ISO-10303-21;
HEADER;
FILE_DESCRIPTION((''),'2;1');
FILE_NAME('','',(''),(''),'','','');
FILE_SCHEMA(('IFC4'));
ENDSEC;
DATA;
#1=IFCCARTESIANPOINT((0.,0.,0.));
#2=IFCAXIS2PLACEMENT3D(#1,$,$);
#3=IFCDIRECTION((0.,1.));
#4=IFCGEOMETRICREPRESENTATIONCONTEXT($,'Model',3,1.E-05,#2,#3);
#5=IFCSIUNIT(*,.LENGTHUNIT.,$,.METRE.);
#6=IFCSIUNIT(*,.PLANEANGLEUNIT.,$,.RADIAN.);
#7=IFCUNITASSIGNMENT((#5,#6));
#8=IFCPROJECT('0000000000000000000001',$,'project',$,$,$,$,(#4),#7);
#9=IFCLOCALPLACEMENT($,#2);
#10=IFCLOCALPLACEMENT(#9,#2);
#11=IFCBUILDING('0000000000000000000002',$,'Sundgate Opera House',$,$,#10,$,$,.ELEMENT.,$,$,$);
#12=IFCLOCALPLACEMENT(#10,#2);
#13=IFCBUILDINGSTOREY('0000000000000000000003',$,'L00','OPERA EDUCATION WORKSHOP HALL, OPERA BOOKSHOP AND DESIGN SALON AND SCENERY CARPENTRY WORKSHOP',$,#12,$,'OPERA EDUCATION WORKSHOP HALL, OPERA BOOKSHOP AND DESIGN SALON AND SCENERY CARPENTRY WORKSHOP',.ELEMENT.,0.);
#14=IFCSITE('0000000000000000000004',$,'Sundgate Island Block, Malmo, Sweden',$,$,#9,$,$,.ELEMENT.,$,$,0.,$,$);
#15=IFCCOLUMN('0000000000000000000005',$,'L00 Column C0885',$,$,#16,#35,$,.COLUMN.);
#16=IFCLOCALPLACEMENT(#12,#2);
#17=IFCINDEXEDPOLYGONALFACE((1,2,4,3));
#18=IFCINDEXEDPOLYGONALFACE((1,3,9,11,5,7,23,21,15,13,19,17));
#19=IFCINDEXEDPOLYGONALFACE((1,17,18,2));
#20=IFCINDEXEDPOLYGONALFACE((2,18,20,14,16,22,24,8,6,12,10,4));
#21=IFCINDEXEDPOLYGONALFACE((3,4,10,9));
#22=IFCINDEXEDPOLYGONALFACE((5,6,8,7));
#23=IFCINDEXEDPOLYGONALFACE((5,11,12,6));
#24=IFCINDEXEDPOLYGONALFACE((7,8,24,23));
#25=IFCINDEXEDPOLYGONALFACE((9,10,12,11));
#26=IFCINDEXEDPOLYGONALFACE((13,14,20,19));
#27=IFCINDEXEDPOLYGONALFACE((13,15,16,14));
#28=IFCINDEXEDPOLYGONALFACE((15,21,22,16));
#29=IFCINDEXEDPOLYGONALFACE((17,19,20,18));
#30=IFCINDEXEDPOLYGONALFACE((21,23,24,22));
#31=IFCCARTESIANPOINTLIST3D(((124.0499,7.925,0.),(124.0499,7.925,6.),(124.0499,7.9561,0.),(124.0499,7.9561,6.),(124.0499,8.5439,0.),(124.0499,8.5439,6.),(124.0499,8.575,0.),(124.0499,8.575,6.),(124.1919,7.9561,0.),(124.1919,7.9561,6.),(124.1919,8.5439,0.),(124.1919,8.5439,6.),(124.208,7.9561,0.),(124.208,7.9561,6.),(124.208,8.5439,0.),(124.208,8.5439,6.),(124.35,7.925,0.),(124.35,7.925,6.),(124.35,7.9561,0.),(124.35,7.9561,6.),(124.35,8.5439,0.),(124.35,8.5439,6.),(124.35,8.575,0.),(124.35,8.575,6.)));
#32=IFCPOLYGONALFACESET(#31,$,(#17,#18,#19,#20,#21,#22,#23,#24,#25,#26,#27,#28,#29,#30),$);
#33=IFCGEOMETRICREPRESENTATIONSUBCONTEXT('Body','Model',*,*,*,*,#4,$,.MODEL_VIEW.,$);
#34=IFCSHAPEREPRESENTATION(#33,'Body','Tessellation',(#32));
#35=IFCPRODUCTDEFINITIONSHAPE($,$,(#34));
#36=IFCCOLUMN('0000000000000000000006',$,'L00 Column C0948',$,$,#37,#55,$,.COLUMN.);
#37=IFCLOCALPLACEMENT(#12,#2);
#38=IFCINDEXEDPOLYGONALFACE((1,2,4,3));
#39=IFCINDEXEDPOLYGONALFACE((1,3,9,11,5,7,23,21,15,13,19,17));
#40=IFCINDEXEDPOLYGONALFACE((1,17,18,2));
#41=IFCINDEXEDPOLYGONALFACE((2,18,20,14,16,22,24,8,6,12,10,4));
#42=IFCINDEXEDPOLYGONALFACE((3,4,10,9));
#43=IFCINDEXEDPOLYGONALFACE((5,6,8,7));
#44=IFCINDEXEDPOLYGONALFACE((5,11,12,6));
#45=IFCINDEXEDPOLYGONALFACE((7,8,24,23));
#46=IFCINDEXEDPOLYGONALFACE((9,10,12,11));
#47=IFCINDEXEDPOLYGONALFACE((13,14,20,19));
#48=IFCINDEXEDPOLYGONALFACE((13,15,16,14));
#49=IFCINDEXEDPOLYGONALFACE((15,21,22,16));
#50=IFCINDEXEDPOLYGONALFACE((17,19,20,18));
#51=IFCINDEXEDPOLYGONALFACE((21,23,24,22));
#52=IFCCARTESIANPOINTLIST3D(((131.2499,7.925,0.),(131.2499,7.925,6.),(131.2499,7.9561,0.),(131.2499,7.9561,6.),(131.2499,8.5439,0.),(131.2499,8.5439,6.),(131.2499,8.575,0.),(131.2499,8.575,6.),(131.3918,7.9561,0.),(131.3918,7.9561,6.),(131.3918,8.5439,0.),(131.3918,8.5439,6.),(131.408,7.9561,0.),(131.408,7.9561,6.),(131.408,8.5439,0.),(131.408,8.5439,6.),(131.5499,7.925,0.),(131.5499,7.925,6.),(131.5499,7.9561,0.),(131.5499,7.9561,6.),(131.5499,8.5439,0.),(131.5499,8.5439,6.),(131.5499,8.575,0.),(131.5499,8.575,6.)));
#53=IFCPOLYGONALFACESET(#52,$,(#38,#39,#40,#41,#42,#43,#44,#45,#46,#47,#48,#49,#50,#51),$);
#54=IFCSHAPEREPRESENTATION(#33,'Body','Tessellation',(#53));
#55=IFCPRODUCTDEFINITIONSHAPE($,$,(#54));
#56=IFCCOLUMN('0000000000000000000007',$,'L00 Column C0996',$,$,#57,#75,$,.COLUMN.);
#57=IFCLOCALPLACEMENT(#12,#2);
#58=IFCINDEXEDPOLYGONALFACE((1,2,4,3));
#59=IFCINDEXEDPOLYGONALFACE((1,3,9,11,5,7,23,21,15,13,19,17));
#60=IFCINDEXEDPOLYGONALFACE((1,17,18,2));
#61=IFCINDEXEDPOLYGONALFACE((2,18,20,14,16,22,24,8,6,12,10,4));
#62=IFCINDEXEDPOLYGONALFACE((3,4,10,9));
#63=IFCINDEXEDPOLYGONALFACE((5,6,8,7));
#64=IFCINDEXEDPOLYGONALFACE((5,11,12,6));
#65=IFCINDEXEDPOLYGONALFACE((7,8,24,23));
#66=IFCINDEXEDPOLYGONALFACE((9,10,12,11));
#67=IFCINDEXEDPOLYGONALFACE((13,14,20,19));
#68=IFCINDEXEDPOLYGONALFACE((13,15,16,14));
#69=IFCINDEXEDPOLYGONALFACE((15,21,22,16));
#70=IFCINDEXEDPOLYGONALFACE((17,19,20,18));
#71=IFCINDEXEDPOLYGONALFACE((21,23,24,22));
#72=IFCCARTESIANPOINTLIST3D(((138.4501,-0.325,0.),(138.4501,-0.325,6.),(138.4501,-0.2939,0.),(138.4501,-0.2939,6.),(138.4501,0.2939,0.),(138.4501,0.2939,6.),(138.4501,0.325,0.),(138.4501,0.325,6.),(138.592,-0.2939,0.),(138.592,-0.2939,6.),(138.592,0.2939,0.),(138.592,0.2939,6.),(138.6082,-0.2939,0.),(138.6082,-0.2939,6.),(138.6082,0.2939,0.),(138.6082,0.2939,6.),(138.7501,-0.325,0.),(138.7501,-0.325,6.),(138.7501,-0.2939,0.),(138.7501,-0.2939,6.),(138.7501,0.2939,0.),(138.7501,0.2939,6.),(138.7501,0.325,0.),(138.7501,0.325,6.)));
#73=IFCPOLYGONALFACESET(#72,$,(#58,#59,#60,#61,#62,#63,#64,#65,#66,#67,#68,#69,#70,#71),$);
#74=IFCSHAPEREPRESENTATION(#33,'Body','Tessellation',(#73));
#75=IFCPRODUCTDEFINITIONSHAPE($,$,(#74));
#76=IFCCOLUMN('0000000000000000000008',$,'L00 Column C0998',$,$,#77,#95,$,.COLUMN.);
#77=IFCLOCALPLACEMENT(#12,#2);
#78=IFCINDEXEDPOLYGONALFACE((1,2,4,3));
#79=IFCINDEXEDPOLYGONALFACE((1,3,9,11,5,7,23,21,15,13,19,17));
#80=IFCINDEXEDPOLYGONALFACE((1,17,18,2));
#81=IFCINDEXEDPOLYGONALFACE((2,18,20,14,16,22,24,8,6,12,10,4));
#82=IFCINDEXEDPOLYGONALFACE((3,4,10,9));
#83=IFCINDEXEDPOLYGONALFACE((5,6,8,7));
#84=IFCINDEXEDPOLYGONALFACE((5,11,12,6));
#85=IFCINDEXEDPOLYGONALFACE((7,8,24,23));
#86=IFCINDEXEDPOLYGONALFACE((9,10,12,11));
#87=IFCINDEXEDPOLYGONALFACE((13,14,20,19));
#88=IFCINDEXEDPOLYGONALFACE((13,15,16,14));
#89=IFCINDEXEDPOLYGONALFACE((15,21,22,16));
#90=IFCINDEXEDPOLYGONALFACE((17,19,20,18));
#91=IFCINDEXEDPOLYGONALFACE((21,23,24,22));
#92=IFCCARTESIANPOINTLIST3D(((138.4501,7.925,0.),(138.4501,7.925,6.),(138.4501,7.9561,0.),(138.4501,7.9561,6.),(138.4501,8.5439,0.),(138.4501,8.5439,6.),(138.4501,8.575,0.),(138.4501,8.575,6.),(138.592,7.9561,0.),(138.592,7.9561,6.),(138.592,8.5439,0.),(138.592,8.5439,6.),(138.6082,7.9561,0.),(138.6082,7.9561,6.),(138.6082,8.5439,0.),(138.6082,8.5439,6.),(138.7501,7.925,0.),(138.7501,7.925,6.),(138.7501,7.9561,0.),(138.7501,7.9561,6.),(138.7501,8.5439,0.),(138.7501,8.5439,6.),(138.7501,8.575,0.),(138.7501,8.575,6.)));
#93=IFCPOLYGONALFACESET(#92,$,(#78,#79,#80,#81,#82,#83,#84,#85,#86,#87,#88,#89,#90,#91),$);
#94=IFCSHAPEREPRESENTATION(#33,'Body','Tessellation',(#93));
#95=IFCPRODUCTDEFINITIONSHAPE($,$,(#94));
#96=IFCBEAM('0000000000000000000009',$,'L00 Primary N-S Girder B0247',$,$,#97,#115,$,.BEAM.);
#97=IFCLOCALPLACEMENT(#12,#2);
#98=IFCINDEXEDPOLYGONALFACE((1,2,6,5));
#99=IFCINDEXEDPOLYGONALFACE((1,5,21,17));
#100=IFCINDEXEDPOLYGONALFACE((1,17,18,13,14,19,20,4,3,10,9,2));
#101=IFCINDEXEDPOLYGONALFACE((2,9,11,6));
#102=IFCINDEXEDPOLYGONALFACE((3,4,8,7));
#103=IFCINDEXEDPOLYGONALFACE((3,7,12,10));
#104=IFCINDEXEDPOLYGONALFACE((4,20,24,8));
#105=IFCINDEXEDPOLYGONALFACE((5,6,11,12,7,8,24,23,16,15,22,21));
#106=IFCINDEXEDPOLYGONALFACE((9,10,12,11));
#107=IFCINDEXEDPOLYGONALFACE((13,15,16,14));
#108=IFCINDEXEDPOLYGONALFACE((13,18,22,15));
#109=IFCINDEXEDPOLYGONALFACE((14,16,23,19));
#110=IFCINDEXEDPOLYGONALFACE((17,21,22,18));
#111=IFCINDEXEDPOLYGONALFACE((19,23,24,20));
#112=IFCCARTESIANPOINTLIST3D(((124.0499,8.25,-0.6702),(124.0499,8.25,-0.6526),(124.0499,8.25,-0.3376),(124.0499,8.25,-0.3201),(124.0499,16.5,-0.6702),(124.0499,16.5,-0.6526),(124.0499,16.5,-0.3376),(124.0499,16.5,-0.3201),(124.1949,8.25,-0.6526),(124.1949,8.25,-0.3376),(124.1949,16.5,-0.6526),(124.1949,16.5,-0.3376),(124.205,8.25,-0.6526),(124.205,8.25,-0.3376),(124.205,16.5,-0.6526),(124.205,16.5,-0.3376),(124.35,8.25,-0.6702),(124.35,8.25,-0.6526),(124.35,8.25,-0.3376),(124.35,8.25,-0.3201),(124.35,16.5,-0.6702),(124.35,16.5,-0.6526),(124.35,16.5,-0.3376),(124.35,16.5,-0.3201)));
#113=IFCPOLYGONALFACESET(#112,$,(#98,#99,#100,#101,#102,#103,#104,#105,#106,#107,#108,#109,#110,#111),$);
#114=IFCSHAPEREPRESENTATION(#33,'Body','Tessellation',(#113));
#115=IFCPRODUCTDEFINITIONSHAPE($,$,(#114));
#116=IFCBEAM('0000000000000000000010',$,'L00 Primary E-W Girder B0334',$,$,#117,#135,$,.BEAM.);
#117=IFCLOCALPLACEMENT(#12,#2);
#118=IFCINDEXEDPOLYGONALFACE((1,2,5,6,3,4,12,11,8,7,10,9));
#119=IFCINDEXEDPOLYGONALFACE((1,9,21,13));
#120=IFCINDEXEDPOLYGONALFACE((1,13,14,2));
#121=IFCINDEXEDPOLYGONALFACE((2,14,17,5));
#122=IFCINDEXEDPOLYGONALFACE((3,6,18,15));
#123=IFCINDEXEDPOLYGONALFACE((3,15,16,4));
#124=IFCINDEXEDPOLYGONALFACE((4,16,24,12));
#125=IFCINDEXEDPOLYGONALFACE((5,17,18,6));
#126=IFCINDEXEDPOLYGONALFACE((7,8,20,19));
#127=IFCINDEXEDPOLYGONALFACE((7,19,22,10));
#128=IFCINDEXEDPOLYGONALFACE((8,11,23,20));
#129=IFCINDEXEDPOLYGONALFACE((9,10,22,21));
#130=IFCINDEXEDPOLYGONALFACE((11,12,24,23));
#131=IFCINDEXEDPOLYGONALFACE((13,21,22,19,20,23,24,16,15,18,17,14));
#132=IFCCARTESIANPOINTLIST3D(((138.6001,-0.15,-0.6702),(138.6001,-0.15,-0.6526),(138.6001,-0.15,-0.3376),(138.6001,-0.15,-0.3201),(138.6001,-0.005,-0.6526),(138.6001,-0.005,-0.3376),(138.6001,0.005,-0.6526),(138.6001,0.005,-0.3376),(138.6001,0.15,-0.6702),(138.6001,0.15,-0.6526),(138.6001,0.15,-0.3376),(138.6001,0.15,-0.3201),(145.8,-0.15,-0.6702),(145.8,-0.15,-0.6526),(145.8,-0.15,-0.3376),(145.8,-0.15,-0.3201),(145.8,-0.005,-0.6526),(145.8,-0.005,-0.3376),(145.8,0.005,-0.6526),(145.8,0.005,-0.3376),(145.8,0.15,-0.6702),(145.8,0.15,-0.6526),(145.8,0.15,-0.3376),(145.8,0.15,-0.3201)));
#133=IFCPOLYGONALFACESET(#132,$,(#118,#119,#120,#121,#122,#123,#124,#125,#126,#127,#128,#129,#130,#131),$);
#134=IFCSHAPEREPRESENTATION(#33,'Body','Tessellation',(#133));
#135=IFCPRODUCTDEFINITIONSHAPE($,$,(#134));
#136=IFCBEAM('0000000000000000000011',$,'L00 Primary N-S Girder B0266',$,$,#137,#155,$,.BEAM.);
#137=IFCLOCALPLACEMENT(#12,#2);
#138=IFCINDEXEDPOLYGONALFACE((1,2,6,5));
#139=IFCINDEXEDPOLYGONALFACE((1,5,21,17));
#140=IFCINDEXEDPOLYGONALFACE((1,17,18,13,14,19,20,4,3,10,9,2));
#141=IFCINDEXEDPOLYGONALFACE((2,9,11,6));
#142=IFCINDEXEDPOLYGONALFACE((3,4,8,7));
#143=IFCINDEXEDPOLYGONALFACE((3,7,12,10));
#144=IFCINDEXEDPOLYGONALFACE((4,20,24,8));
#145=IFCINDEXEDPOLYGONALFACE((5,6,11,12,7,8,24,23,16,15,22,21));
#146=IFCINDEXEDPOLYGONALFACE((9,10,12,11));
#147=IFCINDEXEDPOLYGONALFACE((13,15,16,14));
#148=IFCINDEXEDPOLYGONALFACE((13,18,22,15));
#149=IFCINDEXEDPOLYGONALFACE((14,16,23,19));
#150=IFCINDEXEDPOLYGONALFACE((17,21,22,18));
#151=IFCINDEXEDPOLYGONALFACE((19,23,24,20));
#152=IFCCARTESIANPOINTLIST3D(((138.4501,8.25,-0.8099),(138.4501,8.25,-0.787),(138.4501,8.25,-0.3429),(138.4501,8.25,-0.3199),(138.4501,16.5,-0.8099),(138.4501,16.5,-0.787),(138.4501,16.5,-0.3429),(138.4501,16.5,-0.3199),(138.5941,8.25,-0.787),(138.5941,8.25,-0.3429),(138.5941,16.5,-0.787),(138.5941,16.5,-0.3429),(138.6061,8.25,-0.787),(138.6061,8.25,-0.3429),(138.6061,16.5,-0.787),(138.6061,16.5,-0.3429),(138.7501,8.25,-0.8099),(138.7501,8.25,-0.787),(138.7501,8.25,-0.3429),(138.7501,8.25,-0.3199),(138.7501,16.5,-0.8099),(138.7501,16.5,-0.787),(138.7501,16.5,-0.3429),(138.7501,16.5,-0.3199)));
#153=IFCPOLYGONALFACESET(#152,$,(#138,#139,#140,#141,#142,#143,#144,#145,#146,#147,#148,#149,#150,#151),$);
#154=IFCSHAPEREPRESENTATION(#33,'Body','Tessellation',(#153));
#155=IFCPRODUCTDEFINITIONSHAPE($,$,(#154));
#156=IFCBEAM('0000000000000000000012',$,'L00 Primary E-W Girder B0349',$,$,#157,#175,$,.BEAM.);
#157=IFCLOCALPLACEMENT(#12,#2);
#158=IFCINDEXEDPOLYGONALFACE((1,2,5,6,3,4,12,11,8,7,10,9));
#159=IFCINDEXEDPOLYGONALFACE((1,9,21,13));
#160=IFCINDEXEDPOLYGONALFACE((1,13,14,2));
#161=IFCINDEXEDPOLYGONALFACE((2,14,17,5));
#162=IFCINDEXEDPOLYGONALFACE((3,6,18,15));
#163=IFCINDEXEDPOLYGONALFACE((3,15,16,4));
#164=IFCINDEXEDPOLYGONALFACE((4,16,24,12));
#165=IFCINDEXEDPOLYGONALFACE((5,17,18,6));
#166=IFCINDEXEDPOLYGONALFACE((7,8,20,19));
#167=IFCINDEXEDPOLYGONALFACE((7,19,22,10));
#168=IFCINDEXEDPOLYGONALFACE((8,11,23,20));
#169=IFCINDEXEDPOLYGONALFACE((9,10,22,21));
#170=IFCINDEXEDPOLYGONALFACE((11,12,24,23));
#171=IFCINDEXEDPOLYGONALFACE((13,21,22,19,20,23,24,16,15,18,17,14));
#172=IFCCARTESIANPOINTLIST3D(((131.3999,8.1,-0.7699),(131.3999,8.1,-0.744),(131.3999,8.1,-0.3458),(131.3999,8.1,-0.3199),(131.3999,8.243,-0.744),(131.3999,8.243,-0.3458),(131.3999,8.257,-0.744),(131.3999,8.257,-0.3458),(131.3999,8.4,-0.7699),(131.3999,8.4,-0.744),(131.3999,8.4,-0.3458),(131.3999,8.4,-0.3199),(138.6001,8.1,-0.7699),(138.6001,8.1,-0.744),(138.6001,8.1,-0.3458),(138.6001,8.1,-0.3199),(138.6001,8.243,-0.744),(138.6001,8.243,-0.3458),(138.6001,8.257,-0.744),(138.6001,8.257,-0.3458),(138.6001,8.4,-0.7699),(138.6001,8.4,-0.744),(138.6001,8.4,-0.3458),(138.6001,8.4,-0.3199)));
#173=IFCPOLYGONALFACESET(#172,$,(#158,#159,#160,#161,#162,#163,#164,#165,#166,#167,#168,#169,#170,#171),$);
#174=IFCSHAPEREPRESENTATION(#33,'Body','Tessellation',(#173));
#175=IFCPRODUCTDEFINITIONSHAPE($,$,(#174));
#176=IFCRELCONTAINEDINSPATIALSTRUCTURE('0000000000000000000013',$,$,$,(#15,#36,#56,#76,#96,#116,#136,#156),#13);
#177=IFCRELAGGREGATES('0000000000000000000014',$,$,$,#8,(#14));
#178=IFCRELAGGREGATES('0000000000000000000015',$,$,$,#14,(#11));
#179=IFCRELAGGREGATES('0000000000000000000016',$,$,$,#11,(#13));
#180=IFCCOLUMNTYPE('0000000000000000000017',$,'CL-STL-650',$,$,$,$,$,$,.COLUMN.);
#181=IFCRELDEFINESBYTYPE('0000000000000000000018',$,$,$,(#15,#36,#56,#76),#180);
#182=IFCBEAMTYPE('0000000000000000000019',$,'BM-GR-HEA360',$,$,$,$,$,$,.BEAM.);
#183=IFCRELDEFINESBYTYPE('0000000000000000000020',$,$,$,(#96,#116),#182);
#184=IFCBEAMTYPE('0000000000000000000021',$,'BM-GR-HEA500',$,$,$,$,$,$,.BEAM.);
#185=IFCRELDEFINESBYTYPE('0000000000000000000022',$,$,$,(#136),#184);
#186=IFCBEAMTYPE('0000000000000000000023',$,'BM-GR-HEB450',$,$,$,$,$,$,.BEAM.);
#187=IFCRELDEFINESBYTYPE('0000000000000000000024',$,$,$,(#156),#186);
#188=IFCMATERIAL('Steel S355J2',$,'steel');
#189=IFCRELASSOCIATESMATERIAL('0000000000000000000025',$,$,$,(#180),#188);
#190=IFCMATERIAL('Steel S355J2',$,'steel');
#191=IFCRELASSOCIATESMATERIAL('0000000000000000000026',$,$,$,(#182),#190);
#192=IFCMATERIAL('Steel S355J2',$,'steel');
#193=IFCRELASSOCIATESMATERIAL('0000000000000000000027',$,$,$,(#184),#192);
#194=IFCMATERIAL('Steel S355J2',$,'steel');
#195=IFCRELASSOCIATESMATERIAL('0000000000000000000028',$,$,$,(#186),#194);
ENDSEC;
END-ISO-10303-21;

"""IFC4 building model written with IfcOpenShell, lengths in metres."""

from ifc_helpers import new_model, si_unit, direction, frame, origin, origin_2d, place, context, subcontext, project, spatial, i_section, extrude, material, material_profile, profile_set, type_object, element, save


model = new_model("IFC4")

# Units and contexts
model_context = context("Model", 3, precision=1e-05, world=origin(), true_north=direction((0.0, 1.0)))
body_context = subcontext(model_context, "Body", "Model", "MODEL_VIEW")
ifc_project = project(units=[si_unit("LENGTHUNIT", "METRE"), si_unit("PLANEANGLEUNIT", "RADIAN")], contexts=[model_context])

# Site, building, storey
site_placement = place(None, origin())
site = spatial("IfcSite", under=ifc_project, at=site_placement, Name="Sundgate Island Block, Malmo, Sweden", CompositionType="ELEMENT", RefElevation=0.0)
building_placement = place(site_placement, origin())
building = spatial("IfcBuilding", under=site, at=building_placement, Name="Sundgate Opera House", CompositionType="ELEMENT")
storey_placement = place(building_placement, origin())
storey = spatial("IfcBuildingStorey", under=building, at=storey_placement, Name="L00", Description="OPERA EDUCATION WORKSHOP HALL, OPERA BOOKSHOP AND DESIGN SALON AND SCENERY CARPENTRY WORKSHOP", LongName="OPERA EDUCATION WORKSHOP HALL, OPERA BOOKSHOP AND DESIGN SALON AND SCENERY CARPENTRY WORKSHOP", CompositionType="ELEMENT", Elevation=0.0)

# Columns
ifc_material_1 = material(Name="Steel S355J2", Category="steel")
ifc_material_profile_1 = material_profile(ifc_material_1, i_section(OverallWidth=0.3, OverallDepth=0.6499, WebThickness=0.0161, FlangeThickness=0.031, at=origin_2d()), Name="HEB 650")
ifc_profile_set_1 = profile_set([ifc_material_profile_1], Name="Steel S355J2")
column_type = type_object("IfcColumnType", Name="CL-STL-650", PredefinedType="COLUMN", material=ifc_profile_set_1)
for number, where, z_axis, x_axis, name in (
    (1, (124.2, 8.25, 0.0), (0.0, 0.0, 1.0), (1.0, 0.0, 0.0), "L00 Column C0885"),
    (2, (131.3999, 8.25, 0.0), (0.0, 0.0, 1.0), (1.0, 0.0, 0.0), "L00 Column C0948"),
    (3, (138.6001, 0.0, 0.0), (0.0, 0.0, 1.0), (1.0, 0.0, 0.0), "L00 Column C0996"),
    (4, (138.6001, 8.25, 0.0), (0.0, 0.0, 1.0), (1.0, 0.0, 0.0), "L00 Column C0998"),
):
    element("IfcColumn", number, at=place(storey_placement, frame(where, z_axis=z_axis, x_axis=x_axis)), inside=storey, type_object=column_type, Name=name, PredefinedType="COLUMN", context=body_context, shape_type="SweptSolid", body=[
        extrude(i_section(OverallWidth=0.3, OverallDepth=0.6499, WebThickness=0.0161, FlangeThickness=0.031, at=origin_2d()), origin(), (0.0, 0.0, 1.0), 6.0),
    ])

# Beams
ifc_material_2 = material(Name="Steel S355J2", Category="steel")
ifc_material_profile_2 = material_profile(ifc_material_2, i_section(OverallWidth=0.3, OverallDepth=0.3501, WebThickness=0.01, FlangeThickness=0.0176, at=origin_2d()), Name="HEA 360")
ifc_profile_set_2 = profile_set([ifc_material_profile_2], Name="Steel S355J2")
beam_type_1 = type_object("IfcBeamType", Name="BM-GR-HEA360", PredefinedType="BEAM", material=ifc_profile_set_2)
beam_1_placement = place(storey_placement, frame((124.2, 8.25, -0.4951), z_axis=(0.0, 1.0, 0.0), x_axis=(-1.0, 0.0, 0.0)))
element("IfcBeam", 5, at=beam_1_placement, inside=storey, type_object=beam_type_1, Name="L00 Primary N-S Girder B0247", PredefinedType="BEAM", context=body_context, shape_type="SweptSolid", body=[
    extrude(i_section(OverallWidth=0.3, OverallDepth=0.3501, WebThickness=0.01, FlangeThickness=0.0176, at=origin_2d()), origin(), (0.0, 0.0, 1.0), 8.25),
])
beam_2_placement = place(storey_placement, frame((138.6001, 0.0, -0.4951), z_axis=(1.0, 0.0, 0.0), x_axis=(0.0, 1.0, 0.0)))
element("IfcBeam", 6, at=beam_2_placement, inside=storey, type_object=beam_type_1, Name="L00 Primary E-W Girder B0334", PredefinedType="BEAM", context=body_context, shape_type="SweptSolid", body=[
    extrude(i_section(OverallWidth=0.3, OverallDepth=0.3501, WebThickness=0.01, FlangeThickness=0.0176, at=origin_2d()), origin(), (0.0, 0.0, 1.0), 7.2),
])
ifc_material_3 = material(Name="Steel S355J2", Category="steel")
ifc_material_profile_3 = material_profile(ifc_material_3, i_section(OverallWidth=0.3, OverallDepth=0.49, WebThickness=0.012, FlangeThickness=0.0229, at=origin_2d()), Name="HEA 500")
ifc_profile_set_3 = profile_set([ifc_material_profile_3], Name="Steel S355J2")
beam_type_2 = type_object("IfcBeamType", Name="BM-GR-HEA500", PredefinedType="BEAM", material=ifc_profile_set_3)
beam_3_placement = place(storey_placement, frame((138.6001, 8.25, -0.5649), z_axis=(0.0, 1.0, 0.0), x_axis=(-1.0, 0.0, 0.0)))
element("IfcBeam", 7, at=beam_3_placement, inside=storey, type_object=beam_type_2, Name="L00 Primary N-S Girder B0266", PredefinedType="BEAM", context=body_context, shape_type="SweptSolid", body=[
    extrude(i_section(OverallWidth=0.3, OverallDepth=0.49, WebThickness=0.012, FlangeThickness=0.0229, at=origin_2d()), origin(), (0.0, 0.0, 1.0), 8.25),
])
ifc_material_4 = material(Name="Steel S355J2", Category="steel")
ifc_material_profile_4 = material_profile(ifc_material_4, i_section(OverallWidth=0.3, OverallDepth=0.45, WebThickness=0.0139, FlangeThickness=0.0259, at=origin_2d()), Name="HEB 450")
ifc_profile_set_4 = profile_set([ifc_material_profile_4], Name="Steel S355J2")
beam_type_3 = type_object("IfcBeamType", Name="BM-GR-HEB450", PredefinedType="BEAM", material=ifc_profile_set_4)
beam_4_placement = place(storey_placement, frame((131.3999, 8.25, -0.5449), z_axis=(1.0, 0.0, 0.0), x_axis=(0.0, 1.0, 0.0)))
element("IfcBeam", 8, at=beam_4_placement, inside=storey, type_object=beam_type_3, Name="L00 Primary E-W Girder B0349", PredefinedType="BEAM", context=body_context, shape_type="SweptSolid", body=[
    extrude(i_section(OverallWidth=0.3, OverallDepth=0.45, WebThickness=0.0139, FlangeThickness=0.0259, at=origin_2d()), origin(), (0.0, 0.0, 1.0), 7.2002),
])

save(model, "model.ifc")
